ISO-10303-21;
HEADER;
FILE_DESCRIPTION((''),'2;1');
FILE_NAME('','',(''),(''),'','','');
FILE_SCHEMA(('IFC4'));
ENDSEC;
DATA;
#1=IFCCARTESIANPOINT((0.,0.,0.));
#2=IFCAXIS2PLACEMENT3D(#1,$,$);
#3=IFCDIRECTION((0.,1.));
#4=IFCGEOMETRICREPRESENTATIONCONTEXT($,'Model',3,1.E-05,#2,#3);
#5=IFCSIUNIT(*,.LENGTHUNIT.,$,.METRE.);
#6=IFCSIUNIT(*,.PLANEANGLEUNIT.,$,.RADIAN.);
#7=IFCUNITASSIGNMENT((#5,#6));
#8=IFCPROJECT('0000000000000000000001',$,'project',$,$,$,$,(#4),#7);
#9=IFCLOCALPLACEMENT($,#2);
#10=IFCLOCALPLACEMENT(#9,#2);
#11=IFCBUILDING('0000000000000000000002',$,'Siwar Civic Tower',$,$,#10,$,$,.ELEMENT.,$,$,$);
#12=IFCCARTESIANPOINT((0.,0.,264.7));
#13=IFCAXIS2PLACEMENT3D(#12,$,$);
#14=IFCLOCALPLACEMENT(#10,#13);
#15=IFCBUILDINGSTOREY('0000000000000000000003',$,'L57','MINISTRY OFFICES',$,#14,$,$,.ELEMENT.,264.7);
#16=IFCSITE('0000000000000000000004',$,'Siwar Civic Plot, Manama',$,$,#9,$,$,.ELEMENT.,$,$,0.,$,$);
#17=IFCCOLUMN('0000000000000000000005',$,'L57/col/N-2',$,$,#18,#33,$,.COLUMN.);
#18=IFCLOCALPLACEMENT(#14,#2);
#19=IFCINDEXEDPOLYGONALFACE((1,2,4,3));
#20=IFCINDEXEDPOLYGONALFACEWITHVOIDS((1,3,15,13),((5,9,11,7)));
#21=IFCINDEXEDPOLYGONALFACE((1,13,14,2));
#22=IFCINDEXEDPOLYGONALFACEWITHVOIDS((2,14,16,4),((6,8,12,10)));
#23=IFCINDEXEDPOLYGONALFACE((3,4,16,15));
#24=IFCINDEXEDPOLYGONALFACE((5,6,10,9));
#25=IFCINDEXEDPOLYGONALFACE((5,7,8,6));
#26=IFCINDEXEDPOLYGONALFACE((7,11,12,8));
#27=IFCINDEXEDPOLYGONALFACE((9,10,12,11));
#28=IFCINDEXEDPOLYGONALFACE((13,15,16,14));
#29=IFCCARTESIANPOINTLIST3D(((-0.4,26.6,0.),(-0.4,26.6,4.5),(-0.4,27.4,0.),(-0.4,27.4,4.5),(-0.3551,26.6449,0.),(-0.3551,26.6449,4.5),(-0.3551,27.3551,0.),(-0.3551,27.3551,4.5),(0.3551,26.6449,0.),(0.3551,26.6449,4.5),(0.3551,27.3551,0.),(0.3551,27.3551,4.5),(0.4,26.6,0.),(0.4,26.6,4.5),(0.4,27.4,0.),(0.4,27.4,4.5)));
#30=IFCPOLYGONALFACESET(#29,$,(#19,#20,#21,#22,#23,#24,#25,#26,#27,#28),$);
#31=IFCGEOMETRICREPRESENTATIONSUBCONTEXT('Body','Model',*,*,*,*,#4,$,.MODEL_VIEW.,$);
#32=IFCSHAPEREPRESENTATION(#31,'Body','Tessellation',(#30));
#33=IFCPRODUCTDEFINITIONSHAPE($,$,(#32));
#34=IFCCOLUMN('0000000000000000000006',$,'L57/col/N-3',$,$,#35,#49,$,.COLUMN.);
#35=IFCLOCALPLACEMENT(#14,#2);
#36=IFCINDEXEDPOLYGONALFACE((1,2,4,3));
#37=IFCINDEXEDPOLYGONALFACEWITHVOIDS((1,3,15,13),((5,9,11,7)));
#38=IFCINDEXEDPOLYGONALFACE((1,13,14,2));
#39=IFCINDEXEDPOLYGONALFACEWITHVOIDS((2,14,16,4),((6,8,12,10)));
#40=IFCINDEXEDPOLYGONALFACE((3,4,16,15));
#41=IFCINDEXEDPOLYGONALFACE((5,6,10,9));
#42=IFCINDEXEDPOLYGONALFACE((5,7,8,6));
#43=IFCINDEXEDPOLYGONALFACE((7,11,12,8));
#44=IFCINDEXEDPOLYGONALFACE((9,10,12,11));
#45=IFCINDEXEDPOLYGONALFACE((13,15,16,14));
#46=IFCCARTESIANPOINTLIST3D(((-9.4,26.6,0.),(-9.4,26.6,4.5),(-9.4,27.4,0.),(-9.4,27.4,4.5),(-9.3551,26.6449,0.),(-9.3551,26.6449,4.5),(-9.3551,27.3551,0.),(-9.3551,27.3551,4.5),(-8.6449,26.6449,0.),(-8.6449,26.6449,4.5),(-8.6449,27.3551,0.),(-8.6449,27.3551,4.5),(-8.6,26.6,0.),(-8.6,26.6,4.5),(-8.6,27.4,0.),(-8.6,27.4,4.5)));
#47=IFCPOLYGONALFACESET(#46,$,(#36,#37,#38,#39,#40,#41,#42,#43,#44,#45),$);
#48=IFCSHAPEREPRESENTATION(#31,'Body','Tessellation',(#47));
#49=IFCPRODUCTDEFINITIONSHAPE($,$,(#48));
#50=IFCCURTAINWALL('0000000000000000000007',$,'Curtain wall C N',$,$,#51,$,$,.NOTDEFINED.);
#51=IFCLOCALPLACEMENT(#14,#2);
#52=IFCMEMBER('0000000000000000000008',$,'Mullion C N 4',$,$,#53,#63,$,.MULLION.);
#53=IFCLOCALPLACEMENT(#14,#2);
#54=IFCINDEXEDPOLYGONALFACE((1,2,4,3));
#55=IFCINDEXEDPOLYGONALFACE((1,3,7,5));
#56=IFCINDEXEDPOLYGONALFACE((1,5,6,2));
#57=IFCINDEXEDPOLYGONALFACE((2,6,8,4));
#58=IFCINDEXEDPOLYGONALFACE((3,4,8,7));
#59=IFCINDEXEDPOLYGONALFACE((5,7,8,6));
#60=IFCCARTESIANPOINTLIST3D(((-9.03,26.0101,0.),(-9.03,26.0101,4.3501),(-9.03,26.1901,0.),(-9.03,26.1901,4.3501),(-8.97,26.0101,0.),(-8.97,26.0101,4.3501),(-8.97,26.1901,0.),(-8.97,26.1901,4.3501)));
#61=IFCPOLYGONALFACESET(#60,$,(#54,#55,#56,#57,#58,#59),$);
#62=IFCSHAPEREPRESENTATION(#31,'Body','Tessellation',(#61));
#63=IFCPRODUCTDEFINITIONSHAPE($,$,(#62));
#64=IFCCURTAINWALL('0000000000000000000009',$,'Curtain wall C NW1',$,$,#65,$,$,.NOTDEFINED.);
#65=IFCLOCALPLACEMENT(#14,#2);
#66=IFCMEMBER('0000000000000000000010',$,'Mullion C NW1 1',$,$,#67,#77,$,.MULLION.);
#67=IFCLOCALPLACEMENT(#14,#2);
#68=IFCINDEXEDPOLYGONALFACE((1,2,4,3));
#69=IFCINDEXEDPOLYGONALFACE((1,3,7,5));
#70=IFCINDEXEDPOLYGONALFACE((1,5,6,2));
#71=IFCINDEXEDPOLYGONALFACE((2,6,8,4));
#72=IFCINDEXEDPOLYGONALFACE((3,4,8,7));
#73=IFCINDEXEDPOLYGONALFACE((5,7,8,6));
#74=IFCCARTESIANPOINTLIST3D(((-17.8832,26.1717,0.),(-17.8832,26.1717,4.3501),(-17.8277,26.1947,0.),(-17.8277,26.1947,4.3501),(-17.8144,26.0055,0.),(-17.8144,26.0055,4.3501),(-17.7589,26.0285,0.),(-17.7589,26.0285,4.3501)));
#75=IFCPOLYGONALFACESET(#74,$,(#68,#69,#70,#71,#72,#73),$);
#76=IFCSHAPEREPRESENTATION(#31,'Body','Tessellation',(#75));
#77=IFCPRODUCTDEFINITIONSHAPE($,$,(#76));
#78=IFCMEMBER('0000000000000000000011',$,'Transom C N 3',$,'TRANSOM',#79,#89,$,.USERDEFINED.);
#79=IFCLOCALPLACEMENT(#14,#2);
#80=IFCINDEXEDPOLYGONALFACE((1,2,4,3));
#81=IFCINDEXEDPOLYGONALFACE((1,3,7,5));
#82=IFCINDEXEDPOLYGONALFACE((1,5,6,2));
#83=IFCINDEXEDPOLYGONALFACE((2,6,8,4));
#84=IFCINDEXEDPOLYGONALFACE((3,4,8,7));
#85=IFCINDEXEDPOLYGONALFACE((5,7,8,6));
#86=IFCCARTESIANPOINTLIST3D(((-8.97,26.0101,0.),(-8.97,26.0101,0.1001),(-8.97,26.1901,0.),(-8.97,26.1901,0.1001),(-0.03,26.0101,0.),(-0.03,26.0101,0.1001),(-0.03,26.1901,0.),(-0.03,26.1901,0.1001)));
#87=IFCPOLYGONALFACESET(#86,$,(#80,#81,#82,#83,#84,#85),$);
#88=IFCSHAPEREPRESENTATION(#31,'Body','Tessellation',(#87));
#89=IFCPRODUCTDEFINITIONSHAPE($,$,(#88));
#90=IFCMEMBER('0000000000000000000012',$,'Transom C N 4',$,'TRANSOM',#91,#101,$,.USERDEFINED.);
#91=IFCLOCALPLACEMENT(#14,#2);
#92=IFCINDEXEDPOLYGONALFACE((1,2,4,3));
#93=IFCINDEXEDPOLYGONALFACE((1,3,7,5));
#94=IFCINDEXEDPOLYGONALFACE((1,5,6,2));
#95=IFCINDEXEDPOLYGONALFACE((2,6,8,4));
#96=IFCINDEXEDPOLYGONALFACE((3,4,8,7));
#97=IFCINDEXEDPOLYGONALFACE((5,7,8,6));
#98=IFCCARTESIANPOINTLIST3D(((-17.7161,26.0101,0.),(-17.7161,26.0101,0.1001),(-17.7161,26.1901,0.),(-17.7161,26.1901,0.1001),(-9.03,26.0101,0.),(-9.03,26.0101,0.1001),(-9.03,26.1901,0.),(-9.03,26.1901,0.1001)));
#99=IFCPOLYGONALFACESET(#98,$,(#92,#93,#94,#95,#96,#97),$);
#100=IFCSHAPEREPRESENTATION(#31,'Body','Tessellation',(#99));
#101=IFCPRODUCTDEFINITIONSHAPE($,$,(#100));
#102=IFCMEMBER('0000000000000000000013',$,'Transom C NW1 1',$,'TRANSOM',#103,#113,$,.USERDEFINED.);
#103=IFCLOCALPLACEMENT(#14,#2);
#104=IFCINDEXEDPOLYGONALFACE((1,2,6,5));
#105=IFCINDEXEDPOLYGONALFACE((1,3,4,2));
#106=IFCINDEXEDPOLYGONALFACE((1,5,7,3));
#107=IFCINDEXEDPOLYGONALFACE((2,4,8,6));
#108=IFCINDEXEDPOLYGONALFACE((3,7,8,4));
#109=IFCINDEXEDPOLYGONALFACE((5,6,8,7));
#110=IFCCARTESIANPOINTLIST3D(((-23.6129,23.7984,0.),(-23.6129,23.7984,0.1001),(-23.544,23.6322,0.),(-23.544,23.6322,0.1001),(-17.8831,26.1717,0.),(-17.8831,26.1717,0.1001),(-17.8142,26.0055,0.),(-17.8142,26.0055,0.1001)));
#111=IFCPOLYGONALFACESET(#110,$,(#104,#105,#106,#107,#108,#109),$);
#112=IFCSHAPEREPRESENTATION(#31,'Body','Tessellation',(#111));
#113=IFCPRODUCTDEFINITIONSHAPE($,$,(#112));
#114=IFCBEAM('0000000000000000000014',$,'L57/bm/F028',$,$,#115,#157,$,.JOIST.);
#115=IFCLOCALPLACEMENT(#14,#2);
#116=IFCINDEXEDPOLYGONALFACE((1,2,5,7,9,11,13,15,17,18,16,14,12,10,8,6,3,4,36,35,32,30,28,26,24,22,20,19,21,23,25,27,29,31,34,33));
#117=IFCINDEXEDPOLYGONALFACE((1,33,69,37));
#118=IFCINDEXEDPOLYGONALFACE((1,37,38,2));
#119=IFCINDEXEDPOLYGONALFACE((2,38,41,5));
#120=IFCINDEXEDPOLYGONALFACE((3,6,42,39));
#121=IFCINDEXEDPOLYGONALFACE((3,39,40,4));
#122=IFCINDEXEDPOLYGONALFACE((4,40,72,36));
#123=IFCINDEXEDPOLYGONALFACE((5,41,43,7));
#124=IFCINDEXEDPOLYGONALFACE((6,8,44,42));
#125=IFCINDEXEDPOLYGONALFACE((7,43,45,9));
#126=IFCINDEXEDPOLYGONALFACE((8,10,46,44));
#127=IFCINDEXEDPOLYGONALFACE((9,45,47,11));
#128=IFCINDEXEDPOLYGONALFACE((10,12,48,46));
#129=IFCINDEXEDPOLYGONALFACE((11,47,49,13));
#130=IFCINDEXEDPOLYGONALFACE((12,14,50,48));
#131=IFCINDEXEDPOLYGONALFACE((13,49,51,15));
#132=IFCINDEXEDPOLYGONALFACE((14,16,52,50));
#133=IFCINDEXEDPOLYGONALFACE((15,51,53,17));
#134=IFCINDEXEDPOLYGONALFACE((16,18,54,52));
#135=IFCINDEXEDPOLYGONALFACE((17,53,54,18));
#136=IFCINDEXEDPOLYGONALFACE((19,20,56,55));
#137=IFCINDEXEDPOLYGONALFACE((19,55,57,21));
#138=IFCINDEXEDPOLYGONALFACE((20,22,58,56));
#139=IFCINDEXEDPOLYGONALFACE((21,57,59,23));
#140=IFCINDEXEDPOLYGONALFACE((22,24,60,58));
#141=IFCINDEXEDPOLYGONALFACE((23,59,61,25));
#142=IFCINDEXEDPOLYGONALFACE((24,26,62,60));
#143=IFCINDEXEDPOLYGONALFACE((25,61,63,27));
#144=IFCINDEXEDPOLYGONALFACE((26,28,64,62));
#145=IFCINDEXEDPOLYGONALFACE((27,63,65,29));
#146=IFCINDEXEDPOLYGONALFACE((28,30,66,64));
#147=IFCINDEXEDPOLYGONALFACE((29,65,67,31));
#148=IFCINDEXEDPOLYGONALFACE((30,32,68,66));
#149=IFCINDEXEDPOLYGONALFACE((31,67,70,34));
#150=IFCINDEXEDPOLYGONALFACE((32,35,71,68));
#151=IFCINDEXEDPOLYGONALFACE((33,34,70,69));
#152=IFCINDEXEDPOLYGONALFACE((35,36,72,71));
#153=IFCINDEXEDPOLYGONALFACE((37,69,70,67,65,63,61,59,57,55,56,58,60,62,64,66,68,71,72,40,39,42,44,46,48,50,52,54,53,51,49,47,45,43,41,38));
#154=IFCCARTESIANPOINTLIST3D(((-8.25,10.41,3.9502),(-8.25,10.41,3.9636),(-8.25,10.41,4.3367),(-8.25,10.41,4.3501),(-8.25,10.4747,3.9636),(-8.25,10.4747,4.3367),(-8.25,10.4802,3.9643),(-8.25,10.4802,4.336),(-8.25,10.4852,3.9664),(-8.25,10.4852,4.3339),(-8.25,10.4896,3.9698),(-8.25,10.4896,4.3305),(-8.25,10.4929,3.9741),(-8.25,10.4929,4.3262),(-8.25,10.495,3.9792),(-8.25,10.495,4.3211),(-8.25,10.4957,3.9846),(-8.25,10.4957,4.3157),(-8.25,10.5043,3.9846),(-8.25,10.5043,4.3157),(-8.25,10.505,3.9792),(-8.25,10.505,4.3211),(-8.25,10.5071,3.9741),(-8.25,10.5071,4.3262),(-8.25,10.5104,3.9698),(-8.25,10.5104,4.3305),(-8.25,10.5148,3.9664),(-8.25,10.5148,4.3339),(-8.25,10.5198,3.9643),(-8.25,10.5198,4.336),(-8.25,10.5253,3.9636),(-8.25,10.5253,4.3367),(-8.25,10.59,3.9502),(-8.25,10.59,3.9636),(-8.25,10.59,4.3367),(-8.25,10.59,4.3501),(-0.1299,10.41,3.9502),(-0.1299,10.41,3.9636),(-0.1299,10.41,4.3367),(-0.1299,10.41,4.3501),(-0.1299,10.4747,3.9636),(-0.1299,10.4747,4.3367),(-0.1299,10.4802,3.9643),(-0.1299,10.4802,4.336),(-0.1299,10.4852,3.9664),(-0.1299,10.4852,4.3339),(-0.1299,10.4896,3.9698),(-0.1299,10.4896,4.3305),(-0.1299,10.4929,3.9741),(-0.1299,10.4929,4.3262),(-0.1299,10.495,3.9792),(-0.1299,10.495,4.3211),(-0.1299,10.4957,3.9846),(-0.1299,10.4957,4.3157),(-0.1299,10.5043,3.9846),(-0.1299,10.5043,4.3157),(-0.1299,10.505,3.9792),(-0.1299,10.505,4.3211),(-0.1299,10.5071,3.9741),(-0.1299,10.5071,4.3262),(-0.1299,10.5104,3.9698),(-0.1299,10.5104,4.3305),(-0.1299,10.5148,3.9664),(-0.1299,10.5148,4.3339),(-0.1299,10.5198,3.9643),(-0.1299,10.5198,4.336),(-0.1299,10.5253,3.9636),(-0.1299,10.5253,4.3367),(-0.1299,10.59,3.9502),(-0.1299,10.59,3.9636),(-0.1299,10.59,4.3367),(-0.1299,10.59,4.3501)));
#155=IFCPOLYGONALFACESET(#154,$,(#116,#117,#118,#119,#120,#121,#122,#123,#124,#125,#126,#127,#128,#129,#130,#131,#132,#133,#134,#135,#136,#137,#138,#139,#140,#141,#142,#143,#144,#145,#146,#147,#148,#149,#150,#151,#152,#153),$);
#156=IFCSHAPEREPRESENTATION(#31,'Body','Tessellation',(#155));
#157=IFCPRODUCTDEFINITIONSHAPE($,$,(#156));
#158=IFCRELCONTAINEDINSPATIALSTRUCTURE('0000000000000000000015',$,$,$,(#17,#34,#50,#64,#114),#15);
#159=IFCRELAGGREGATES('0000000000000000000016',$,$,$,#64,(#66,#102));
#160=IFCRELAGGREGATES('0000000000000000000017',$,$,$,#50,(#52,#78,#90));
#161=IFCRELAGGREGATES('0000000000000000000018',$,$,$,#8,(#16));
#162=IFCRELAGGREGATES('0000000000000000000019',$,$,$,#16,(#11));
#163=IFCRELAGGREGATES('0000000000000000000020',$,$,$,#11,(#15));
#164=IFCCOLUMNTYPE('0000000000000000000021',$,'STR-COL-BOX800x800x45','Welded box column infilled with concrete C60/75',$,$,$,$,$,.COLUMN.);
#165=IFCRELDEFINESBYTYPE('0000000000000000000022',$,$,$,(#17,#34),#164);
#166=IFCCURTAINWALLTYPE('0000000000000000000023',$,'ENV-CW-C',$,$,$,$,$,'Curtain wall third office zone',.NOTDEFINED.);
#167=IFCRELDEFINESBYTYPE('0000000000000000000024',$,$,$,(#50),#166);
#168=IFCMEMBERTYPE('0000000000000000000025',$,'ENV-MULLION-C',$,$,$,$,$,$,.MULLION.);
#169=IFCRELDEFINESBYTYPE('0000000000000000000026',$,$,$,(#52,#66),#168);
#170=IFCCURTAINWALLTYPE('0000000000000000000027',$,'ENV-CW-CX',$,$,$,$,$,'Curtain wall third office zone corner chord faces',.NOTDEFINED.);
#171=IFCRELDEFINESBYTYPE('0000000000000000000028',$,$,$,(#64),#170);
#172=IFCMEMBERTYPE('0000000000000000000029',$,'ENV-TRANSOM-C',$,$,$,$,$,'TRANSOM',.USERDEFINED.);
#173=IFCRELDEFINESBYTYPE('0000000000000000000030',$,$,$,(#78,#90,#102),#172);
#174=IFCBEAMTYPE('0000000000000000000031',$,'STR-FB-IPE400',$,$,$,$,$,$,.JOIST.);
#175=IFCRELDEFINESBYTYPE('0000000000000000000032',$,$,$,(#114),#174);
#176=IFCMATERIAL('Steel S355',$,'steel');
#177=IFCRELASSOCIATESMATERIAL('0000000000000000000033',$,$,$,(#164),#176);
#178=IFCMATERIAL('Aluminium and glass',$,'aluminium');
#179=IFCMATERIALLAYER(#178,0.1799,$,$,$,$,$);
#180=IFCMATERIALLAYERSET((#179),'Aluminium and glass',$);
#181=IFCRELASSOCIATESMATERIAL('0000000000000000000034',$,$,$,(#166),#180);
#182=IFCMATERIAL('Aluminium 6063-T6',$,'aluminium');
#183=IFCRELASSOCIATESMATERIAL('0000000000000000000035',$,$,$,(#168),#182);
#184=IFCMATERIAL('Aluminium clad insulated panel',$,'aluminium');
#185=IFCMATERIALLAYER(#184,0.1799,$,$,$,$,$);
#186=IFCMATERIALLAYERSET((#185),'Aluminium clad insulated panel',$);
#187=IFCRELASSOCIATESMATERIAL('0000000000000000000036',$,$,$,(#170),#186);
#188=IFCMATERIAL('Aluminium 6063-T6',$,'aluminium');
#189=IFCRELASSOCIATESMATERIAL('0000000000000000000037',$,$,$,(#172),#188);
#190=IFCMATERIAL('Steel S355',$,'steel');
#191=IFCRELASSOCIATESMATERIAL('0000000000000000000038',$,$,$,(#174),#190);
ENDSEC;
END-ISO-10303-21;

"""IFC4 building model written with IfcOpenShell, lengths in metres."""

from ifc_helpers import new_model, si_unit, direction, frame, origin, origin_2d, place, context, subcontext, project, spatial, rectangle, hollow_rectangle, i_section, extrude, material, layer, layer_set, material_profile, profile_set, type_object, element, aggregate, save


model = new_model("IFC4")

# Units and contexts
model_context = context("Model", 3, precision=1e-05, world=origin(), true_north=direction((0.0, 1.0)))
body_context = subcontext(model_context, "Body", "Model", "MODEL_VIEW")
ifc_project = project(units=[si_unit("LENGTHUNIT", "METRE"), si_unit("PLANEANGLEUNIT", "RADIAN")], contexts=[model_context])

# Site, building, storey
site_placement = place(None, origin())
site = spatial("IfcSite", under=ifc_project, at=site_placement, Name="Siwar Civic Plot, Manama", CompositionType="ELEMENT", RefElevation=0.0)
building_placement = place(site_placement, origin())
building = spatial("IfcBuilding", under=site, at=building_placement, Name="Siwar Civic Tower", CompositionType="ELEMENT")
storey_placement = place(building_placement, frame((0.0, 0.0, 264.7)))
storey = spatial("IfcBuildingStorey", under=building, at=storey_placement, Name="L57", Description="MINISTRY OFFICES", CompositionType="ELEMENT", Elevation=264.7)

# Columns
ifc_material_1 = material(Name="Steel S355", Category="steel")
ifc_material_profile_1 = material_profile(ifc_material_1, hollow_rectangle(XDim=0.8, YDim=0.8, WallThickness=0.0449, at=origin_2d()), Name="BOX800x800x45")
ifc_profile_set_1 = profile_set([ifc_material_profile_1], Name="Steel S355")
column_type = type_object("IfcColumnType", Name="STR-COL-BOX800x800x45", Description="Welded box column infilled with concrete C60/75", PredefinedType="COLUMN", material=ifc_profile_set_1)
for number, where, z_axis, x_axis, name in (
    (1, (0.0, 27.0, 0.0), (0.0, 0.0, 1.0), (1.0, 0.0, 0.0), "L57/col/N-2"),
    (2, (-9.0, 27.0, 0.0), (0.0, 0.0, 1.0), (1.0, 0.0, 0.0), "L57/col/N-3"),
):
    element("IfcColumn", number, at=place(storey_placement, frame(where, z_axis=z_axis, x_axis=x_axis)), inside=storey, type_object=column_type, Name=name, PredefinedType="COLUMN", context=body_context, shape_type="SweptSolid", body=[
        extrude(hollow_rectangle(XDim=0.8, YDim=0.8, WallThickness=0.0449, at=origin_2d()), origin(), (0.0, 0.0, 1.0), 4.5),
    ])

# Curtain walls, members
ifc_material_2 = material(Name="Aluminium and glass", Category="aluminium")
ifc_layer_1 = layer(ifc_material_2, 0.1799)
ifc_layer_set_1 = layer_set([ifc_layer_1], Name="Aluminium and glass")
curtain_wall_type_1 = type_object("IfcCurtainWallType", Name="ENV-CW-C", ElementType="Curtain wall third office zone", PredefinedType="NOTDEFINED", material=ifc_layer_set_1)
curtain_wall_1_placement = place(storey_placement, origin())
curtain_wall_1 = element("IfcCurtainWall", 3, at=curtain_wall_1_placement, inside=storey, type_object=curtain_wall_type_1, Name="Curtain wall C N", PredefinedType="NOTDEFINED")
ifc_material_3 = material(Name="Aluminium 6063-T6", Category="aluminium")
ifc_material_profile_2 = material_profile(ifc_material_3, rectangle(XDim=0.1799, YDim=0.0601, at=origin_2d()), Name="AL 180x60")
ifc_profile_set_2 = profile_set([ifc_material_profile_2], Name="Aluminium 6063-T6")
member_type_1 = type_object("IfcMemberType", Name="ENV-MULLION-C", PredefinedType="MULLION", material=ifc_profile_set_2)
member_1_placement = place(storey_placement, frame((-9.0, 26.1001, 0.0), z_axis=(0.0, 0.0, 1.0), x_axis=(0.0, -1.0, 0.0)))
member_1 = element("IfcMember", 4, at=member_1_placement, type_object=member_type_1, Name="Mullion C N 4", PredefinedType="MULLION", context=body_context, shape_type="SweptSolid", body=[
    extrude(rectangle(XDim=0.1799, YDim=0.0601, at=origin_2d()), origin(), (0.0, 0.0, 1.0), 4.3501),
])
ifc_material_4 = material(Name="Aluminium clad insulated panel", Category="aluminium")
ifc_layer_2 = layer(ifc_material_4, 0.1799)
ifc_layer_set_2 = layer_set([ifc_layer_2], Name="Aluminium clad insulated panel")
curtain_wall_type_2 = type_object("IfcCurtainWallType", Name="ENV-CW-CX", ElementType="Curtain wall third office zone corner chord faces", PredefinedType="NOTDEFINED", material=ifc_layer_set_2)
curtain_wall_2_placement = place(storey_placement, origin())
curtain_wall_2 = element("IfcCurtainWall", 5, at=curtain_wall_2_placement, inside=storey, type_object=curtain_wall_type_2, Name="Curtain wall C NW1", PredefinedType="NOTDEFINED")
member_2_placement = place(storey_placement, frame((-17.821, 26.1001, 0.0), z_axis=(0.0, 0.0, 1.0), x_axis=(0.382683, -0.92388, 0.0)))
member_2 = element("IfcMember", 6, at=member_2_placement, type_object=member_type_1, Name="Mullion C NW1 1", PredefinedType="MULLION", context=body_context, shape_type="SweptSolid", body=[
    extrude(rectangle(XDim=0.1799, YDim=0.0601, at=origin_2d()), origin(), (0.0, 0.0, 1.0), 4.3501),
])

# Members
ifc_material_5 = material(Name="Aluminium 6063-T6", Category="aluminium")
ifc_material_profile_3 = material_profile(ifc_material_5, rectangle(XDim=0.1799, YDim=0.1001, at=origin_2d()), Name="AL 180x100")
ifc_profile_set_3 = profile_set([ifc_material_profile_3], Name="Aluminium 6063-T6")
member_type_2 = type_object("IfcMemberType", Name="ENV-TRANSOM-C", ElementType="TRANSOM", PredefinedType="USERDEFINED", material=ifc_profile_set_3)
member_3_placement = place(storey_placement, frame((-0.03, 26.1001, 0.05), z_axis=(-1.0, 0.0, 0.0), x_axis=(0.0, -1.0, 0.0)))
member_3 = element("IfcMember", 7, at=member_3_placement, type_object=member_type_2, Name="Transom C N 3", ObjectType="TRANSOM", PredefinedType="USERDEFINED", context=body_context, shape_type="SweptSolid", body=[
    extrude(rectangle(XDim=0.1799, YDim=0.1001, at=origin_2d()), origin(), (0.0, 0.0, 1.0), 8.9399),
])
member_4_placement = place(storey_placement, frame((-9.03, 26.1001, 0.05), z_axis=(-1.0, 0.0, 0.0), x_axis=(0.0, -1.0, 0.0)))
member_4 = element("IfcMember", 8, at=member_4_placement, type_object=member_type_2, Name="Transom C N 4", ObjectType="TRANSOM", PredefinedType="USERDEFINED", context=body_context, shape_type="SweptSolid", body=[
    extrude(rectangle(XDim=0.1799, YDim=0.1001, at=origin_2d()), origin(), (0.0, 0.0, 1.0), 8.686),
])
member_5_placement = place(storey_placement, frame((-17.8486, 26.0886, 0.05), z_axis=(-0.923882, -0.382677, 0.0), x_axis=(0.382677, -0.923882, 0.0)))
member_5 = element("IfcMember", 9, at=member_5_placement, type_object=member_type_2, Name="Transom C NW1 1", ObjectType="TRANSOM", PredefinedType="USERDEFINED", context=body_context, shape_type="SweptSolid", body=[
    extrude(rectangle(XDim=0.1799, YDim=0.1001, at=origin_2d()), origin(), (0.0, 0.0, 1.0), 6.2019),
])
aggregate(curtain_wall_2, [member_2, member_5])

# Beam
ifc_material_6 = material(Name="Steel S355", Category="steel")
ifc_material_profile_4 = material_profile(ifc_material_6, i_section(OverallWidth=0.1799, OverallDepth=0.3999, WebThickness=0.0085, FlangeThickness=0.0134, FilletRadius=0.021, at=origin_2d()), Name="IPE400")
ifc_profile_set_4 = profile_set([ifc_material_profile_4], Name="Steel S355")
beam_type_1 = type_object("IfcBeamType", Name="STR-FB-IPE400", PredefinedType="JOIST", material=ifc_profile_set_4)
beam_1_placement = place(storey_placement, frame((-8.25, 10.5, 4.1501), z_axis=(1.0, 0.0, 0.0), x_axis=(0.0, 1.0, 0.0)))
element("IfcBeam", 10, at=beam_1_placement, inside=storey, type_object=beam_type_1, Name="L57/bm/F028", PredefinedType="JOIST", context=body_context, shape_type="SweptSolid", body=[
    extrude(i_section(OverallWidth=0.1799, OverallDepth=0.3999, WebThickness=0.0085, FlangeThickness=0.0134, FilletRadius=0.021, at=origin_2d()), origin(), (0.0, 0.0, 1.0), 8.1201),
])

aggregate(curtain_wall_1, [member_1, member_3, member_4])

save(model, "model.ifc")
